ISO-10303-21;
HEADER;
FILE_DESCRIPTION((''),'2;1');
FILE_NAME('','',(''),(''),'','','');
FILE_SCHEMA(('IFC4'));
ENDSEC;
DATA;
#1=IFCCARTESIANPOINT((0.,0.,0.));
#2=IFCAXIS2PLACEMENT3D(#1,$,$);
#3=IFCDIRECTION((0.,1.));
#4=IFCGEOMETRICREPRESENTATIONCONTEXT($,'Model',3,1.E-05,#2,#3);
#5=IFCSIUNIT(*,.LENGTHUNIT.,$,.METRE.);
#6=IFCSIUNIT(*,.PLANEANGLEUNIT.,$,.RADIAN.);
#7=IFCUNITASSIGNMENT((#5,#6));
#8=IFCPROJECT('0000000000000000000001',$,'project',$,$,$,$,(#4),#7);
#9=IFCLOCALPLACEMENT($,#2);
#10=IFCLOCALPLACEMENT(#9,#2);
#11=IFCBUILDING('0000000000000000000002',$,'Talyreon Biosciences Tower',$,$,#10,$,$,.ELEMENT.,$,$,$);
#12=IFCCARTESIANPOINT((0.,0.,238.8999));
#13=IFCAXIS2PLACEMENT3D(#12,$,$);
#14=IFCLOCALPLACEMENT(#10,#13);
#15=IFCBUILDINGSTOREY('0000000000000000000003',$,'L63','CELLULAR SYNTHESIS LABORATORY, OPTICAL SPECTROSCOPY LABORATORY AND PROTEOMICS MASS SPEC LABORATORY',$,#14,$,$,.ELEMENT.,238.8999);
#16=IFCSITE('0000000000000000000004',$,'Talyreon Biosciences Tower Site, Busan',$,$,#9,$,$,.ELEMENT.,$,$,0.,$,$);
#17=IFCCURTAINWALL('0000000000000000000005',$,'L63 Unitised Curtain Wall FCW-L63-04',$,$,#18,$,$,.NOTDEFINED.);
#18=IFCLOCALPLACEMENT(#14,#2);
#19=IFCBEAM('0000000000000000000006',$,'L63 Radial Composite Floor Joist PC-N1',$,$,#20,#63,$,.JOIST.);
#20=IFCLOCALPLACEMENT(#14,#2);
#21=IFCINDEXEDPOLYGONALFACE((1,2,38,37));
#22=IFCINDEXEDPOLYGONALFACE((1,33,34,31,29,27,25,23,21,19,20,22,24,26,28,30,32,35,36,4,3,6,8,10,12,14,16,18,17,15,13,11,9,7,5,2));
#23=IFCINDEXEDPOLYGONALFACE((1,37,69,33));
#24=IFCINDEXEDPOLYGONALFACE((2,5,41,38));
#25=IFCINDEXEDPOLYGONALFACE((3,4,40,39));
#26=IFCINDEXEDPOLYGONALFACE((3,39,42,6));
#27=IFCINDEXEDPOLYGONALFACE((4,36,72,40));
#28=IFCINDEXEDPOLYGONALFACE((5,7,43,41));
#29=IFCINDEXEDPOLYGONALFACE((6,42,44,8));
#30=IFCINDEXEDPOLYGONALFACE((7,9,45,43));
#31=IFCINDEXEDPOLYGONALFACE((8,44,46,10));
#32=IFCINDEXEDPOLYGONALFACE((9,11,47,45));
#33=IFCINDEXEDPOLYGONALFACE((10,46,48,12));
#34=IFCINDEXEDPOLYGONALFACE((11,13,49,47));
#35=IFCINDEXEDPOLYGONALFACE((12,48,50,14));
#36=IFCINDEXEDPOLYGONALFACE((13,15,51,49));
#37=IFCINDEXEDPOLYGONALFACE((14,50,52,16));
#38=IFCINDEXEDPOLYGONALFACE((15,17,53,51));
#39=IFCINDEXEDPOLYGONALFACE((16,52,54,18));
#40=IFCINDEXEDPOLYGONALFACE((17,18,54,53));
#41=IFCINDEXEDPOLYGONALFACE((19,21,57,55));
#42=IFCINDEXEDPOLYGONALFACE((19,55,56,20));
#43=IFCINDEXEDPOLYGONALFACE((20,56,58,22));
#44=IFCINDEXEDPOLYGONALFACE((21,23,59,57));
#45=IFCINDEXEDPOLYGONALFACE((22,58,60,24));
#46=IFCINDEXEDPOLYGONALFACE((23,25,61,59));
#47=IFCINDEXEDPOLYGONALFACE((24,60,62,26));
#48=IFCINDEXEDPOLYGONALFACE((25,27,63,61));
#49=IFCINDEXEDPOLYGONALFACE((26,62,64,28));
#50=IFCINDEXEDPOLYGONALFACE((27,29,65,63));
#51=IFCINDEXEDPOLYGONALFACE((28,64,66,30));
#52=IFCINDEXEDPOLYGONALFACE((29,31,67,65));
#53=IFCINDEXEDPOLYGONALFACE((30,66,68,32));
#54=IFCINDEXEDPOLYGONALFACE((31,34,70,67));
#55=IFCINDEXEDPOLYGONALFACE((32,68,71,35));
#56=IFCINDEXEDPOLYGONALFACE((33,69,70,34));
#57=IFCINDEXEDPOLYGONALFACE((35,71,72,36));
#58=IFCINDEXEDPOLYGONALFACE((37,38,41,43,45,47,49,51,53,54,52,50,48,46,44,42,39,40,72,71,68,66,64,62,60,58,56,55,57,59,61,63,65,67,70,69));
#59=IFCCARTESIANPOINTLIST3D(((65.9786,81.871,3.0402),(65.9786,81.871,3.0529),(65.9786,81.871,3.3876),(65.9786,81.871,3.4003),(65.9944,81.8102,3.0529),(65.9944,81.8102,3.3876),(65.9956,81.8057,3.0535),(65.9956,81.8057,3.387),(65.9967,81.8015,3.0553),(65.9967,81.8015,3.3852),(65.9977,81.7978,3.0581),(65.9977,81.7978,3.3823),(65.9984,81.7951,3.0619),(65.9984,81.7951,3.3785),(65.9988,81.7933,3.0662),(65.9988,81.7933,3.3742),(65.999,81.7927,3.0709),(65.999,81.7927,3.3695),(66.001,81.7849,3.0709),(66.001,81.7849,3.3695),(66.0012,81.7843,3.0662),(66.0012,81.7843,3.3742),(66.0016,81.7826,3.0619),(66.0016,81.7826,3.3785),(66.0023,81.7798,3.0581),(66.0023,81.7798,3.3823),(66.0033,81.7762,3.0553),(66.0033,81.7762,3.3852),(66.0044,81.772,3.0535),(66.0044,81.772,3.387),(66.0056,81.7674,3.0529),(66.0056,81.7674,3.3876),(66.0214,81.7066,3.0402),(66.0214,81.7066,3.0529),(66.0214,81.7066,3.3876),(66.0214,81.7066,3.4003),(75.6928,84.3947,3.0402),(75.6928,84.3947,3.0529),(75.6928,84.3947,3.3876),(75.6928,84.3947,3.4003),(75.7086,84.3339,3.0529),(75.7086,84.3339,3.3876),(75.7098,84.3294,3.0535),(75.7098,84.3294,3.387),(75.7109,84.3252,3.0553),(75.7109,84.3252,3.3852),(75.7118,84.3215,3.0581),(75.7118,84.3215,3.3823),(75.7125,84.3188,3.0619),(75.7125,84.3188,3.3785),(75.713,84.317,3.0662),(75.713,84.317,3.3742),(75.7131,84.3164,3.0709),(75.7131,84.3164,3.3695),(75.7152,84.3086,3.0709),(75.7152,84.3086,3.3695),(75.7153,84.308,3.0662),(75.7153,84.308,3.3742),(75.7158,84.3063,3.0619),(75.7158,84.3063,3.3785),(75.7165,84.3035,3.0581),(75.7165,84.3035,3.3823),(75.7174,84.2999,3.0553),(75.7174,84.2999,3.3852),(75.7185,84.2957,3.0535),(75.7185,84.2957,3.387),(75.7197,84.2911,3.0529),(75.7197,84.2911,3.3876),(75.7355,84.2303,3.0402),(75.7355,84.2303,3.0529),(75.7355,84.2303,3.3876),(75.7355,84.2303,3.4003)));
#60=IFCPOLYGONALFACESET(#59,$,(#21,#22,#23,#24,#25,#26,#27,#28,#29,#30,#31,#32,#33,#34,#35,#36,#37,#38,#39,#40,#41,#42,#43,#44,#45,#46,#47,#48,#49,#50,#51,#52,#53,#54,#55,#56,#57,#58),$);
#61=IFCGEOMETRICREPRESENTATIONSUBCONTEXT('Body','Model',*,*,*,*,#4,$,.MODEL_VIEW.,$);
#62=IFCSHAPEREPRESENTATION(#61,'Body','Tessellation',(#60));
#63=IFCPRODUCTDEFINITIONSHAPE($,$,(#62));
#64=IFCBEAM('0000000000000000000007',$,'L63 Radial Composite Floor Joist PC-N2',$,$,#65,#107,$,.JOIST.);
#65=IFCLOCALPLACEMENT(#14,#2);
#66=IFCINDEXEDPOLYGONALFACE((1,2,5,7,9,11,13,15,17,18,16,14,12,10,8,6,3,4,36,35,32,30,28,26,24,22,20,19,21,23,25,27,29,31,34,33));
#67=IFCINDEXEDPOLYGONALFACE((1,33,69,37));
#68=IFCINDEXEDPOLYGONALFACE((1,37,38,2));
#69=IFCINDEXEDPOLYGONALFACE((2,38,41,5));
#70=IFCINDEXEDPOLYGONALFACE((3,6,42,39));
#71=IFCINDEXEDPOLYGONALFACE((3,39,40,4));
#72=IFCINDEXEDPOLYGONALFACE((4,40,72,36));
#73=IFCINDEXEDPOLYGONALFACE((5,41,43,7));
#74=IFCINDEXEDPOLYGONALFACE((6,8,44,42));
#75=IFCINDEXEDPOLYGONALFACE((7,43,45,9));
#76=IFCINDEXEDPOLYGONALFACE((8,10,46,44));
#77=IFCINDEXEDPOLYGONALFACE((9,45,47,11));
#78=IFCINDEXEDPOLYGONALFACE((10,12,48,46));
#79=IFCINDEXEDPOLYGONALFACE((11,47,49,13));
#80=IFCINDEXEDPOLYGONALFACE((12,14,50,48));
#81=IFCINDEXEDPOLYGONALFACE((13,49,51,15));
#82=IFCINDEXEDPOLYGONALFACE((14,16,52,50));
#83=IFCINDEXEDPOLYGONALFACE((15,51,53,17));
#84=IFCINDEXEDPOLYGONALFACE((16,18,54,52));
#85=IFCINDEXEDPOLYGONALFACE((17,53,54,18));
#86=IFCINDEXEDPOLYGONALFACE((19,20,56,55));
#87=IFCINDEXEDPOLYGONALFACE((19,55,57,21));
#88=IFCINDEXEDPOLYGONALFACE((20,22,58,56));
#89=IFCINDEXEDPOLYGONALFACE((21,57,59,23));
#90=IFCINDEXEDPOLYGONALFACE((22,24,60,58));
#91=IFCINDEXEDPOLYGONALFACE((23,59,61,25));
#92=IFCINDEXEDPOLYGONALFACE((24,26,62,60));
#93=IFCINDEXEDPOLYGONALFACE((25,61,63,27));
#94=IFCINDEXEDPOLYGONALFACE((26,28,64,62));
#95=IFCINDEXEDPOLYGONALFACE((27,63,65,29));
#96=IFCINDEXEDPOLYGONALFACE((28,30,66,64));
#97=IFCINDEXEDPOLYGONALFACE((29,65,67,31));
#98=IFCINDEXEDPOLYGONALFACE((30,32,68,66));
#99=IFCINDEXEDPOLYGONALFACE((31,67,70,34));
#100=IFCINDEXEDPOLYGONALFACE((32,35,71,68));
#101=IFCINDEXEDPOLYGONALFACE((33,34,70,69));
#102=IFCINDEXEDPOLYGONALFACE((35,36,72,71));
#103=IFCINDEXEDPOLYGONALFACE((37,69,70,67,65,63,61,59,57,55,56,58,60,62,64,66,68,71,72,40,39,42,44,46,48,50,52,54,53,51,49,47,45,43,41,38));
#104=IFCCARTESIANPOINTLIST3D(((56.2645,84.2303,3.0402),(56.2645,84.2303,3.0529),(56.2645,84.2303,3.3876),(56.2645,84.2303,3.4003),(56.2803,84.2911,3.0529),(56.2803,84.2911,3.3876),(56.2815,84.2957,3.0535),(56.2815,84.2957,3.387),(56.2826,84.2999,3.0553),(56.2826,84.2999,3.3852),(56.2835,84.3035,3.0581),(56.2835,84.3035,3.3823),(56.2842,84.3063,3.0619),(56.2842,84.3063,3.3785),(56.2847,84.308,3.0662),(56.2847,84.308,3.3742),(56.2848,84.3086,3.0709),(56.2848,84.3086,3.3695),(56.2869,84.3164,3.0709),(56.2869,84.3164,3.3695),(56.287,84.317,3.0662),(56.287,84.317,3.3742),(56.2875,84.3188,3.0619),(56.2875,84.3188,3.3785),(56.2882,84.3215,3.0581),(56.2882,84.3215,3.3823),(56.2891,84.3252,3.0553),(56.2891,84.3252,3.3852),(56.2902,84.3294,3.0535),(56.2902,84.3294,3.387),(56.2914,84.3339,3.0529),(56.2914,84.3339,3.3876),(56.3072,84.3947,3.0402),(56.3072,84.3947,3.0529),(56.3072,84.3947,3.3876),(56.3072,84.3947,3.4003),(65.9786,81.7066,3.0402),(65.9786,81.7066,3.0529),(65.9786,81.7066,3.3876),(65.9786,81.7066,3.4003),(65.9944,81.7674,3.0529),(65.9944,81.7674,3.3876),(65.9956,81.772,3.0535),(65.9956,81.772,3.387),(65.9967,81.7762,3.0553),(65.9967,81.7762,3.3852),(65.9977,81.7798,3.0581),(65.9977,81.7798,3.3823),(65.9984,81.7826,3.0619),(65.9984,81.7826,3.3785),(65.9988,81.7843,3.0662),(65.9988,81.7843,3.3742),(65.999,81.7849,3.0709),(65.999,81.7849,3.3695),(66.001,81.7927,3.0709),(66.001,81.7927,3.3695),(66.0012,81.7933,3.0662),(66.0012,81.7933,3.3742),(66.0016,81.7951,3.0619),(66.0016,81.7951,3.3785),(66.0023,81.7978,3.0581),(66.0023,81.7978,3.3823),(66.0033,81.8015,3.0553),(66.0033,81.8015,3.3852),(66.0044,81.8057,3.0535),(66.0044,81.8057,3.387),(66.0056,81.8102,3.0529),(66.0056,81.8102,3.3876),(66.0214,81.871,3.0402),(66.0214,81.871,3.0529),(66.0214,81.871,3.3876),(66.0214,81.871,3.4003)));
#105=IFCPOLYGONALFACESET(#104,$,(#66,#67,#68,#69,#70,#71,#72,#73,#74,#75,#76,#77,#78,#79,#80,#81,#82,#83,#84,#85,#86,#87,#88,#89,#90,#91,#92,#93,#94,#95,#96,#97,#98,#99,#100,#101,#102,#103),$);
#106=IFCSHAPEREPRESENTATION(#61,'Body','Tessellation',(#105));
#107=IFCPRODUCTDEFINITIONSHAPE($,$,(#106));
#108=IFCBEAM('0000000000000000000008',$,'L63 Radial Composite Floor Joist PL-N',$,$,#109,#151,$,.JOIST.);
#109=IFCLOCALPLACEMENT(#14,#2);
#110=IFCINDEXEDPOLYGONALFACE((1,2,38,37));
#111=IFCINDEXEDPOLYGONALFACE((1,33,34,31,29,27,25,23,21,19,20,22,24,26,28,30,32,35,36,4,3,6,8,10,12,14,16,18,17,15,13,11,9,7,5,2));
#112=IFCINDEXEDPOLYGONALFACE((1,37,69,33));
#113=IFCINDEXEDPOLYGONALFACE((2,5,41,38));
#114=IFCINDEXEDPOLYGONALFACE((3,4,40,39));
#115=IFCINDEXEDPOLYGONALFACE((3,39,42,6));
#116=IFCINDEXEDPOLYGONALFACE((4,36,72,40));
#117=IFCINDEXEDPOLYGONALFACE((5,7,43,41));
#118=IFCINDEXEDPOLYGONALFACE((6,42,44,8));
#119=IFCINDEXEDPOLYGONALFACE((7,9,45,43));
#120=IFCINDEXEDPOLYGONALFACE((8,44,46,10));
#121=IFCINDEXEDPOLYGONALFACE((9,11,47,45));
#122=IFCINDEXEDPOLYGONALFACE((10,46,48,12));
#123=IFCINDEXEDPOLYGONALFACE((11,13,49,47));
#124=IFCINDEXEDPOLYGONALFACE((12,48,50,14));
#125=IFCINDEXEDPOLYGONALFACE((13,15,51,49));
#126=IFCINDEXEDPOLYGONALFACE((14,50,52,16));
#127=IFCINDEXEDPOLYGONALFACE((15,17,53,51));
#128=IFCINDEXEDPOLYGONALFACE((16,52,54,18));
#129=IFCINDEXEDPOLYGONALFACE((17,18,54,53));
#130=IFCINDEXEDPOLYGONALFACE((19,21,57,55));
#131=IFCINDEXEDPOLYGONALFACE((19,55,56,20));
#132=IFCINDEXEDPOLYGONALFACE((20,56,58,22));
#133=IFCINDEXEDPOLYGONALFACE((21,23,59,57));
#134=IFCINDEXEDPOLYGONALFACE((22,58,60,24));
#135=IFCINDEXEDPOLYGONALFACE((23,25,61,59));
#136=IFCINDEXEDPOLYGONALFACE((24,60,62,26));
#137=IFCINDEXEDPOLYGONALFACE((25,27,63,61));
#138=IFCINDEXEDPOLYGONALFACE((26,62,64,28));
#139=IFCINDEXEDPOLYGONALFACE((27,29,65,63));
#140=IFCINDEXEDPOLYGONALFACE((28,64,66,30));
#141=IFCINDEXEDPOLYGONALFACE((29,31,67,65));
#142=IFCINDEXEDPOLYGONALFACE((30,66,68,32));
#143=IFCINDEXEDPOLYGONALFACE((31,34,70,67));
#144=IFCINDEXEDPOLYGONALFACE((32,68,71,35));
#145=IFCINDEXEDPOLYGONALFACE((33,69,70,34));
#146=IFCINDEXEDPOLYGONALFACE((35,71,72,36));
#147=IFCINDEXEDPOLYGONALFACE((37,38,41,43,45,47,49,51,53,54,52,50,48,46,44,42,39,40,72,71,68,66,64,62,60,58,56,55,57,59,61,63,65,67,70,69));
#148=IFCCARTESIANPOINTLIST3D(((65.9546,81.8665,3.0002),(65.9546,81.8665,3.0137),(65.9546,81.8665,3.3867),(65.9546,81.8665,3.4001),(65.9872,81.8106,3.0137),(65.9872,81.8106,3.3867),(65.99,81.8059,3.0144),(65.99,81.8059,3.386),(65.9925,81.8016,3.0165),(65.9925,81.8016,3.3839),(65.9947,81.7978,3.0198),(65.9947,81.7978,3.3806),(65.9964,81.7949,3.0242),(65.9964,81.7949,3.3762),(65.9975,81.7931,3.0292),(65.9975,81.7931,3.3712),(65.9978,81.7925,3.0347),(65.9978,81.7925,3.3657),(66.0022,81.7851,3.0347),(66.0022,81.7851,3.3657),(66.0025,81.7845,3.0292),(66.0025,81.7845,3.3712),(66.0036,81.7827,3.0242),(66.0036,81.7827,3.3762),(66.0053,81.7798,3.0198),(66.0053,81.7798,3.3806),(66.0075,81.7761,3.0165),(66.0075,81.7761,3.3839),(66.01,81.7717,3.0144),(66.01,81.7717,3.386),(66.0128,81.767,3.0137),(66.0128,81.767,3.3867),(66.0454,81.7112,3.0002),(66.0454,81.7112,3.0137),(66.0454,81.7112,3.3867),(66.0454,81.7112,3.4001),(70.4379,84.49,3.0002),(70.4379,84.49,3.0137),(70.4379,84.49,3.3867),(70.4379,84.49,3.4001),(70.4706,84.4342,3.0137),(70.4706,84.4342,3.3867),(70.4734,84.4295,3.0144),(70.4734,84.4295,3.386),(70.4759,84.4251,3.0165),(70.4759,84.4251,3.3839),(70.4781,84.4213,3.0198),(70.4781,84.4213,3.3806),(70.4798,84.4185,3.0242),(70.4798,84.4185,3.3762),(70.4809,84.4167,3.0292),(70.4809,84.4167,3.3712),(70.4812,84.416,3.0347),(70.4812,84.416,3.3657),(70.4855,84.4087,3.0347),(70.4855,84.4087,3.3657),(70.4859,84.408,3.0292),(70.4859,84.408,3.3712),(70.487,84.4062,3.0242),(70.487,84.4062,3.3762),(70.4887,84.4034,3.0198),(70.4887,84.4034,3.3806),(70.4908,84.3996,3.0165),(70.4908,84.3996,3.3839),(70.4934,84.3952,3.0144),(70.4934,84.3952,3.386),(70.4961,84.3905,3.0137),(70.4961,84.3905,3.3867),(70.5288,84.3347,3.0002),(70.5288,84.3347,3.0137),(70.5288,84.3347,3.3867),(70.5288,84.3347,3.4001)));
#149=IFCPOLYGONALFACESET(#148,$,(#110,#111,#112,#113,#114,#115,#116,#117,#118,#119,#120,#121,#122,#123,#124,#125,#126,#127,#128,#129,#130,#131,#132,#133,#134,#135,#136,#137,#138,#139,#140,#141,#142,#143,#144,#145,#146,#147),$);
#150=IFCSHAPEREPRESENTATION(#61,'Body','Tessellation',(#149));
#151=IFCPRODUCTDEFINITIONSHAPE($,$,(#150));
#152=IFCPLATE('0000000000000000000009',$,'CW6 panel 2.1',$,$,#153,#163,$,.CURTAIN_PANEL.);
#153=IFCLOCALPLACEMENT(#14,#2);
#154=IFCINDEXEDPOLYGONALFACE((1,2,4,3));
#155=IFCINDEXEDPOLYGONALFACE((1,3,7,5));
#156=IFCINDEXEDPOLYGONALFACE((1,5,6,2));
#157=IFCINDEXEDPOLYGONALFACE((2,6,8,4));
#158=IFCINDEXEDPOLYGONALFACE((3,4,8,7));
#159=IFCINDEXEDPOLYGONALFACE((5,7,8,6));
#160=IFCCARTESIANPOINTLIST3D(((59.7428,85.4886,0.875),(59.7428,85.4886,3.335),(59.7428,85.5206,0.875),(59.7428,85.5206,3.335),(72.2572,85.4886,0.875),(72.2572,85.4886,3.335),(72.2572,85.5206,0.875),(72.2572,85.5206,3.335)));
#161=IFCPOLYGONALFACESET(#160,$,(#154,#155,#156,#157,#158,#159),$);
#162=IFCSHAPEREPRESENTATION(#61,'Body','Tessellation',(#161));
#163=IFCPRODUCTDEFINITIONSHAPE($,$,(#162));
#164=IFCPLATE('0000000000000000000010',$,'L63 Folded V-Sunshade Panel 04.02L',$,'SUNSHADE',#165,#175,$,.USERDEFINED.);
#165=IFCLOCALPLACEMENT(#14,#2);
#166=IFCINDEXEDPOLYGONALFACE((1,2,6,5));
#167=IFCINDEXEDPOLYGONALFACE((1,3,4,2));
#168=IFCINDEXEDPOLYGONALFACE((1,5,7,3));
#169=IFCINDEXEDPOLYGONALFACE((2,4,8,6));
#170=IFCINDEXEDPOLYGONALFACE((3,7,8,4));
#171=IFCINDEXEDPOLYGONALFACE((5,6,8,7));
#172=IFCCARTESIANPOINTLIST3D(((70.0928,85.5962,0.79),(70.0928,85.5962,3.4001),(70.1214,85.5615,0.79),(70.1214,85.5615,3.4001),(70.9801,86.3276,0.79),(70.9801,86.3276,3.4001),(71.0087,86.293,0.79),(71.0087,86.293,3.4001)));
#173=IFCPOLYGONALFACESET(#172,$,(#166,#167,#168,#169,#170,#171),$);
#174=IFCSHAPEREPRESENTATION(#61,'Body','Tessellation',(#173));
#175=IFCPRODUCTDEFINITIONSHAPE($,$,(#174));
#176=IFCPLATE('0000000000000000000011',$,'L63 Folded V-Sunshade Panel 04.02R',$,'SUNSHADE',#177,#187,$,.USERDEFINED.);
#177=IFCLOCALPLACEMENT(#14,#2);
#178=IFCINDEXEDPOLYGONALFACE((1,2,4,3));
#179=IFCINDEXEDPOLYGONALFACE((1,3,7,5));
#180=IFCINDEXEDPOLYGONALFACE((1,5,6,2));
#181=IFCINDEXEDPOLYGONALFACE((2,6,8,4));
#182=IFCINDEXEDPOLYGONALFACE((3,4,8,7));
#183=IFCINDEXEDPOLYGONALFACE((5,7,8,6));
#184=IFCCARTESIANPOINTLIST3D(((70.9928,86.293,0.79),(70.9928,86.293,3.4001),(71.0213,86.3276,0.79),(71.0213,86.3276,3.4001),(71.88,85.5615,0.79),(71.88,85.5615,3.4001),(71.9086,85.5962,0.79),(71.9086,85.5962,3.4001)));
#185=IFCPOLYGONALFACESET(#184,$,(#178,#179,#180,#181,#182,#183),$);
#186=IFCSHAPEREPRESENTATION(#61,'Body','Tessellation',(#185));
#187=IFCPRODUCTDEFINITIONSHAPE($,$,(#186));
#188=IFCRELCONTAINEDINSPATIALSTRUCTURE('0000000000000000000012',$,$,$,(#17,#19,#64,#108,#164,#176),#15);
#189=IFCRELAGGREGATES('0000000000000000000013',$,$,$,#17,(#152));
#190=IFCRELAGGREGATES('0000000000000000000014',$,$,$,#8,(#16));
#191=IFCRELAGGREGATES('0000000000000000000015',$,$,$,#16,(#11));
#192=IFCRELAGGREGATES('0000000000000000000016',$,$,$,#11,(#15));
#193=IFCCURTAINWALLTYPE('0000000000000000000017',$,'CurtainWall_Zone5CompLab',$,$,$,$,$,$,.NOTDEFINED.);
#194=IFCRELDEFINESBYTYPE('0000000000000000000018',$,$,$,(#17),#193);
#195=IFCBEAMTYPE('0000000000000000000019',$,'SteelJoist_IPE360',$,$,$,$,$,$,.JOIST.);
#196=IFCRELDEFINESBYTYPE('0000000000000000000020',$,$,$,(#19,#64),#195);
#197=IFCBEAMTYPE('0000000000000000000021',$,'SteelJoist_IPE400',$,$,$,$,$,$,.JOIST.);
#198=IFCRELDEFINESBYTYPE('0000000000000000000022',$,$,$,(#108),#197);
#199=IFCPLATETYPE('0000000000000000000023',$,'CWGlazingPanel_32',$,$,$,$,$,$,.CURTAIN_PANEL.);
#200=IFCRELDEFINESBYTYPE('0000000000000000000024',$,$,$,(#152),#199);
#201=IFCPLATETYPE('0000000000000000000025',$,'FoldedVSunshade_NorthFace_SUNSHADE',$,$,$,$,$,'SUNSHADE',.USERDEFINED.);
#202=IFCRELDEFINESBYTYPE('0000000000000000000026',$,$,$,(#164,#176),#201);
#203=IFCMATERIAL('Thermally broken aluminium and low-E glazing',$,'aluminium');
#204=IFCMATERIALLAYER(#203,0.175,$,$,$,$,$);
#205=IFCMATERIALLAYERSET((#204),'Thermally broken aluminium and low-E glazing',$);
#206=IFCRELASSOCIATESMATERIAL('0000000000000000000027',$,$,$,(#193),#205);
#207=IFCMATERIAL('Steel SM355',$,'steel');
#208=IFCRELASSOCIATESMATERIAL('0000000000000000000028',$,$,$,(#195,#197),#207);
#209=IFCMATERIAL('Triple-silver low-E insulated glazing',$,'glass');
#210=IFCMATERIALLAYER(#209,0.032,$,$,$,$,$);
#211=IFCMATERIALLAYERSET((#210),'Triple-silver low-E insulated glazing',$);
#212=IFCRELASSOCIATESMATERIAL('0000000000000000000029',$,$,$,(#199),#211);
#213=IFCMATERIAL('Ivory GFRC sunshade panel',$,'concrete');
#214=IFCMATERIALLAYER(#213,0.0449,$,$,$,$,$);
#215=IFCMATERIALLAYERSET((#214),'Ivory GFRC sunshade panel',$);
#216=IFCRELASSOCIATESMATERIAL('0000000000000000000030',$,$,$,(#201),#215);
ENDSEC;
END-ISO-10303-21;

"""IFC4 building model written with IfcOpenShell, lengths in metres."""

from ifc_helpers import new_model, si_unit, direction, frame, origin, origin_2d, place, context, subcontext, project, spatial, rectangle, i_section, extrude, material, layer, layer_set, material_profile, profile_set, type_object, element, aggregate, save


model = new_model("IFC4")

# Units and contexts
model_context = context("Model", 3, precision=1e-05, world=origin(), true_north=direction((0.0, 1.0)))
body_context = subcontext(model_context, "Body", "Model", "MODEL_VIEW")
ifc_project = project(units=[si_unit("LENGTHUNIT", "METRE"), si_unit("PLANEANGLEUNIT", "RADIAN")], contexts=[model_context])

# Site, building, storey
site_placement = place(None, origin())
site = spatial("IfcSite", under=ifc_project, at=site_placement, Name="Talyreon Biosciences Tower Site, Busan", CompositionType="ELEMENT", RefElevation=0.0)
building_placement = place(site_placement, origin())
building = spatial("IfcBuilding", under=site, at=building_placement, Name="Talyreon Biosciences Tower", CompositionType="ELEMENT")
storey_placement = place(building_placement, frame((0.0, 0.0, 238.8999)))
storey = spatial("IfcBuildingStorey", under=building, at=storey_placement, Name="L63", Description="CELLULAR SYNTHESIS LABORATORY, OPTICAL SPECTROSCOPY LABORATORY AND PROTEOMICS MASS SPEC LABORATORY", CompositionType="ELEMENT", Elevation=238.8999)

# Curtain wall
ifc_material_1 = material(Name="Thermally broken aluminium and low-E glazing", Category="aluminium")
ifc_layer_1 = layer(ifc_material_1, 0.175)
ifc_layer_set_1 = layer_set([ifc_layer_1], Name="Thermally broken aluminium and low-E glazing")
curtain_wall_type = type_object("IfcCurtainWallType", Name="CurtainWall_Zone5CompLab", PredefinedType="NOTDEFINED", material=ifc_layer_set_1)
curtain_wall_placement = place(storey_placement, origin())
curtain_wall = element("IfcCurtainWall", 1, at=curtain_wall_placement, inside=storey, type_object=curtain_wall_type, Name="L63 Unitised Curtain Wall FCW-L63-04", PredefinedType="NOTDEFINED")

# Beams
ifc_material_2 = material(Name="Steel SM355", Category="steel")
ifc_material_profile_1 = material_profile(ifc_material_2, i_section(OverallWidth=0.1699, OverallDepth=0.3601, WebThickness=0.0081, FlangeThickness=0.0127, FilletRadius=0.0181, at=origin_2d()), Name="IPE360")
ifc_profile_set_1 = profile_set([ifc_material_profile_1], Name="Steel SM355")
beam_type_1 = type_object("IfcBeamType", Name="SteelJoist_IPE360", PredefinedType="JOIST", material=ifc_profile_set_1)
for number, where, z_axis, x_axis, name in (
    (2, (66.0, 81.7888, 3.2202), (0.967871, 0.251448, 0.0), (-0.251448, 0.967871, 0.0), "L63 Radial Composite Floor Joist PC-N1"),
    (3, (66.0, 81.7888, 3.2202), (-0.967871, 0.251448, 0.0), (-0.251448, -0.967871, 0.0), "L63 Radial Composite Floor Joist PC-N2"),
):
    element("IfcBeam", number, at=place(storey_placement, frame(where, z_axis=z_axis, x_axis=x_axis)), inside=storey, type_object=beam_type_1, Name=name, PredefinedType="JOIST", context=body_context, shape_type="SweptSolid", body=[
        extrude(i_section(OverallWidth=0.1699, OverallDepth=0.3601, WebThickness=0.0081, FlangeThickness=0.0127, FilletRadius=0.0181, at=origin_2d()), origin(), (0.0, 0.0, 1.0), 10.0366),
    ])
ifc_material_profile_2 = material_profile(ifc_material_2, i_section(OverallWidth=0.1799, OverallDepth=0.3999, WebThickness=0.0085, FlangeThickness=0.0134, FilletRadius=0.021, at=origin_2d()), Name="IPE400")
ifc_profile_set_2 = profile_set([ifc_material_profile_2], Name="Steel SM355")
beam_type_2 = type_object("IfcBeamType", Name="SteelJoist_IPE400", PredefinedType="JOIST", material=ifc_profile_set_2)
beam_1_placement = place(storey_placement, frame((66.0, 81.7888, 3.2002), z_axis=(0.863089, 0.505051, 0.0), x_axis=(-0.505051, 0.863089, 0.0)))
element("IfcBeam", 4, at=beam_1_placement, inside=storey, type_object=beam_type_2, Name="L63 Radial Composite Floor Joist PL-N", PredefinedType="JOIST", context=body_context, shape_type="SweptSolid", body=[
    extrude(i_section(OverallWidth=0.1799, OverallDepth=0.3999, WebThickness=0.0085, FlangeThickness=0.0134, FilletRadius=0.021, at=origin_2d()), origin(), (0.0, 0.0, 1.0), 5.1946),
])

# Plate
ifc_material_3 = material(Name="Triple-silver low-E insulated glazing", Category="glass")
ifc_layer_2 = layer(ifc_material_3, 0.032)
ifc_layer_set_2 = layer_set([ifc_layer_2], Name="Triple-silver low-E insulated glazing")
plate_type_1 = type_object("IfcPlateType", Name="CWGlazingPanel_32", PredefinedType="CURTAIN_PANEL", material=ifc_layer_set_2)
plate_placement = place(storey_placement, frame((66.0, 85.5046, 0.875), z_axis=(0.0, 0.0, 1.0), x_axis=(1.0, 0.0, 0.0)))
plate = element("IfcPlate", 5, at=plate_placement, type_object=plate_type_1, Name="CW6 panel 2.1", PredefinedType="CURTAIN_PANEL", context=body_context, shape_type="SweptSolid", body=[
    extrude(rectangle(XDim=12.5144, YDim=0.032, at=origin_2d()), origin(), (0.0, 0.0, 1.0), 2.46),
])
aggregate(curtain_wall, [plate])

# Plates
ifc_material_4 = material(Name="Ivory GFRC sunshade panel", Category="concrete")
ifc_layer_3 = layer(ifc_material_4, 0.0449)
ifc_layer_set_3 = layer_set([ifc_layer_3], Name="Ivory GFRC sunshade panel")
plate_type_2 = type_object("IfcPlateType", Name="FoldedVSunshade_NorthFace_SUNSHADE", ElementType="SUNSHADE", PredefinedType="USERDEFINED", material=ifc_layer_set_3)
for number, where, z_axis, x_axis, name in (
    (6, (70.5508, 85.9446, 0.79), (0.0, 0.0, 1.0), (0.771625, 0.636078, 0.0), "L63 Folded V-Sunshade Panel 04.02L"),
    (7, (71.4507, 85.9446, 0.79), (0.0, 0.0, 1.0), (0.771625, -0.636078, 0.0), "L63 Folded V-Sunshade Panel 04.02R"),
):
    element("IfcPlate", number, at=place(storey_placement, frame(where, z_axis=z_axis, x_axis=x_axis)), inside=storey, type_object=plate_type_2, Name=name, ObjectType="SUNSHADE", PredefinedType="USERDEFINED", context=body_context, shape_type="SweptSolid", body=[
        extrude(rectangle(XDim=1.1499, YDim=0.0449, at=origin_2d()), origin(), (0.0, 0.0, 1.0), 2.6101),
    ])

save(model, "model.ifc")
